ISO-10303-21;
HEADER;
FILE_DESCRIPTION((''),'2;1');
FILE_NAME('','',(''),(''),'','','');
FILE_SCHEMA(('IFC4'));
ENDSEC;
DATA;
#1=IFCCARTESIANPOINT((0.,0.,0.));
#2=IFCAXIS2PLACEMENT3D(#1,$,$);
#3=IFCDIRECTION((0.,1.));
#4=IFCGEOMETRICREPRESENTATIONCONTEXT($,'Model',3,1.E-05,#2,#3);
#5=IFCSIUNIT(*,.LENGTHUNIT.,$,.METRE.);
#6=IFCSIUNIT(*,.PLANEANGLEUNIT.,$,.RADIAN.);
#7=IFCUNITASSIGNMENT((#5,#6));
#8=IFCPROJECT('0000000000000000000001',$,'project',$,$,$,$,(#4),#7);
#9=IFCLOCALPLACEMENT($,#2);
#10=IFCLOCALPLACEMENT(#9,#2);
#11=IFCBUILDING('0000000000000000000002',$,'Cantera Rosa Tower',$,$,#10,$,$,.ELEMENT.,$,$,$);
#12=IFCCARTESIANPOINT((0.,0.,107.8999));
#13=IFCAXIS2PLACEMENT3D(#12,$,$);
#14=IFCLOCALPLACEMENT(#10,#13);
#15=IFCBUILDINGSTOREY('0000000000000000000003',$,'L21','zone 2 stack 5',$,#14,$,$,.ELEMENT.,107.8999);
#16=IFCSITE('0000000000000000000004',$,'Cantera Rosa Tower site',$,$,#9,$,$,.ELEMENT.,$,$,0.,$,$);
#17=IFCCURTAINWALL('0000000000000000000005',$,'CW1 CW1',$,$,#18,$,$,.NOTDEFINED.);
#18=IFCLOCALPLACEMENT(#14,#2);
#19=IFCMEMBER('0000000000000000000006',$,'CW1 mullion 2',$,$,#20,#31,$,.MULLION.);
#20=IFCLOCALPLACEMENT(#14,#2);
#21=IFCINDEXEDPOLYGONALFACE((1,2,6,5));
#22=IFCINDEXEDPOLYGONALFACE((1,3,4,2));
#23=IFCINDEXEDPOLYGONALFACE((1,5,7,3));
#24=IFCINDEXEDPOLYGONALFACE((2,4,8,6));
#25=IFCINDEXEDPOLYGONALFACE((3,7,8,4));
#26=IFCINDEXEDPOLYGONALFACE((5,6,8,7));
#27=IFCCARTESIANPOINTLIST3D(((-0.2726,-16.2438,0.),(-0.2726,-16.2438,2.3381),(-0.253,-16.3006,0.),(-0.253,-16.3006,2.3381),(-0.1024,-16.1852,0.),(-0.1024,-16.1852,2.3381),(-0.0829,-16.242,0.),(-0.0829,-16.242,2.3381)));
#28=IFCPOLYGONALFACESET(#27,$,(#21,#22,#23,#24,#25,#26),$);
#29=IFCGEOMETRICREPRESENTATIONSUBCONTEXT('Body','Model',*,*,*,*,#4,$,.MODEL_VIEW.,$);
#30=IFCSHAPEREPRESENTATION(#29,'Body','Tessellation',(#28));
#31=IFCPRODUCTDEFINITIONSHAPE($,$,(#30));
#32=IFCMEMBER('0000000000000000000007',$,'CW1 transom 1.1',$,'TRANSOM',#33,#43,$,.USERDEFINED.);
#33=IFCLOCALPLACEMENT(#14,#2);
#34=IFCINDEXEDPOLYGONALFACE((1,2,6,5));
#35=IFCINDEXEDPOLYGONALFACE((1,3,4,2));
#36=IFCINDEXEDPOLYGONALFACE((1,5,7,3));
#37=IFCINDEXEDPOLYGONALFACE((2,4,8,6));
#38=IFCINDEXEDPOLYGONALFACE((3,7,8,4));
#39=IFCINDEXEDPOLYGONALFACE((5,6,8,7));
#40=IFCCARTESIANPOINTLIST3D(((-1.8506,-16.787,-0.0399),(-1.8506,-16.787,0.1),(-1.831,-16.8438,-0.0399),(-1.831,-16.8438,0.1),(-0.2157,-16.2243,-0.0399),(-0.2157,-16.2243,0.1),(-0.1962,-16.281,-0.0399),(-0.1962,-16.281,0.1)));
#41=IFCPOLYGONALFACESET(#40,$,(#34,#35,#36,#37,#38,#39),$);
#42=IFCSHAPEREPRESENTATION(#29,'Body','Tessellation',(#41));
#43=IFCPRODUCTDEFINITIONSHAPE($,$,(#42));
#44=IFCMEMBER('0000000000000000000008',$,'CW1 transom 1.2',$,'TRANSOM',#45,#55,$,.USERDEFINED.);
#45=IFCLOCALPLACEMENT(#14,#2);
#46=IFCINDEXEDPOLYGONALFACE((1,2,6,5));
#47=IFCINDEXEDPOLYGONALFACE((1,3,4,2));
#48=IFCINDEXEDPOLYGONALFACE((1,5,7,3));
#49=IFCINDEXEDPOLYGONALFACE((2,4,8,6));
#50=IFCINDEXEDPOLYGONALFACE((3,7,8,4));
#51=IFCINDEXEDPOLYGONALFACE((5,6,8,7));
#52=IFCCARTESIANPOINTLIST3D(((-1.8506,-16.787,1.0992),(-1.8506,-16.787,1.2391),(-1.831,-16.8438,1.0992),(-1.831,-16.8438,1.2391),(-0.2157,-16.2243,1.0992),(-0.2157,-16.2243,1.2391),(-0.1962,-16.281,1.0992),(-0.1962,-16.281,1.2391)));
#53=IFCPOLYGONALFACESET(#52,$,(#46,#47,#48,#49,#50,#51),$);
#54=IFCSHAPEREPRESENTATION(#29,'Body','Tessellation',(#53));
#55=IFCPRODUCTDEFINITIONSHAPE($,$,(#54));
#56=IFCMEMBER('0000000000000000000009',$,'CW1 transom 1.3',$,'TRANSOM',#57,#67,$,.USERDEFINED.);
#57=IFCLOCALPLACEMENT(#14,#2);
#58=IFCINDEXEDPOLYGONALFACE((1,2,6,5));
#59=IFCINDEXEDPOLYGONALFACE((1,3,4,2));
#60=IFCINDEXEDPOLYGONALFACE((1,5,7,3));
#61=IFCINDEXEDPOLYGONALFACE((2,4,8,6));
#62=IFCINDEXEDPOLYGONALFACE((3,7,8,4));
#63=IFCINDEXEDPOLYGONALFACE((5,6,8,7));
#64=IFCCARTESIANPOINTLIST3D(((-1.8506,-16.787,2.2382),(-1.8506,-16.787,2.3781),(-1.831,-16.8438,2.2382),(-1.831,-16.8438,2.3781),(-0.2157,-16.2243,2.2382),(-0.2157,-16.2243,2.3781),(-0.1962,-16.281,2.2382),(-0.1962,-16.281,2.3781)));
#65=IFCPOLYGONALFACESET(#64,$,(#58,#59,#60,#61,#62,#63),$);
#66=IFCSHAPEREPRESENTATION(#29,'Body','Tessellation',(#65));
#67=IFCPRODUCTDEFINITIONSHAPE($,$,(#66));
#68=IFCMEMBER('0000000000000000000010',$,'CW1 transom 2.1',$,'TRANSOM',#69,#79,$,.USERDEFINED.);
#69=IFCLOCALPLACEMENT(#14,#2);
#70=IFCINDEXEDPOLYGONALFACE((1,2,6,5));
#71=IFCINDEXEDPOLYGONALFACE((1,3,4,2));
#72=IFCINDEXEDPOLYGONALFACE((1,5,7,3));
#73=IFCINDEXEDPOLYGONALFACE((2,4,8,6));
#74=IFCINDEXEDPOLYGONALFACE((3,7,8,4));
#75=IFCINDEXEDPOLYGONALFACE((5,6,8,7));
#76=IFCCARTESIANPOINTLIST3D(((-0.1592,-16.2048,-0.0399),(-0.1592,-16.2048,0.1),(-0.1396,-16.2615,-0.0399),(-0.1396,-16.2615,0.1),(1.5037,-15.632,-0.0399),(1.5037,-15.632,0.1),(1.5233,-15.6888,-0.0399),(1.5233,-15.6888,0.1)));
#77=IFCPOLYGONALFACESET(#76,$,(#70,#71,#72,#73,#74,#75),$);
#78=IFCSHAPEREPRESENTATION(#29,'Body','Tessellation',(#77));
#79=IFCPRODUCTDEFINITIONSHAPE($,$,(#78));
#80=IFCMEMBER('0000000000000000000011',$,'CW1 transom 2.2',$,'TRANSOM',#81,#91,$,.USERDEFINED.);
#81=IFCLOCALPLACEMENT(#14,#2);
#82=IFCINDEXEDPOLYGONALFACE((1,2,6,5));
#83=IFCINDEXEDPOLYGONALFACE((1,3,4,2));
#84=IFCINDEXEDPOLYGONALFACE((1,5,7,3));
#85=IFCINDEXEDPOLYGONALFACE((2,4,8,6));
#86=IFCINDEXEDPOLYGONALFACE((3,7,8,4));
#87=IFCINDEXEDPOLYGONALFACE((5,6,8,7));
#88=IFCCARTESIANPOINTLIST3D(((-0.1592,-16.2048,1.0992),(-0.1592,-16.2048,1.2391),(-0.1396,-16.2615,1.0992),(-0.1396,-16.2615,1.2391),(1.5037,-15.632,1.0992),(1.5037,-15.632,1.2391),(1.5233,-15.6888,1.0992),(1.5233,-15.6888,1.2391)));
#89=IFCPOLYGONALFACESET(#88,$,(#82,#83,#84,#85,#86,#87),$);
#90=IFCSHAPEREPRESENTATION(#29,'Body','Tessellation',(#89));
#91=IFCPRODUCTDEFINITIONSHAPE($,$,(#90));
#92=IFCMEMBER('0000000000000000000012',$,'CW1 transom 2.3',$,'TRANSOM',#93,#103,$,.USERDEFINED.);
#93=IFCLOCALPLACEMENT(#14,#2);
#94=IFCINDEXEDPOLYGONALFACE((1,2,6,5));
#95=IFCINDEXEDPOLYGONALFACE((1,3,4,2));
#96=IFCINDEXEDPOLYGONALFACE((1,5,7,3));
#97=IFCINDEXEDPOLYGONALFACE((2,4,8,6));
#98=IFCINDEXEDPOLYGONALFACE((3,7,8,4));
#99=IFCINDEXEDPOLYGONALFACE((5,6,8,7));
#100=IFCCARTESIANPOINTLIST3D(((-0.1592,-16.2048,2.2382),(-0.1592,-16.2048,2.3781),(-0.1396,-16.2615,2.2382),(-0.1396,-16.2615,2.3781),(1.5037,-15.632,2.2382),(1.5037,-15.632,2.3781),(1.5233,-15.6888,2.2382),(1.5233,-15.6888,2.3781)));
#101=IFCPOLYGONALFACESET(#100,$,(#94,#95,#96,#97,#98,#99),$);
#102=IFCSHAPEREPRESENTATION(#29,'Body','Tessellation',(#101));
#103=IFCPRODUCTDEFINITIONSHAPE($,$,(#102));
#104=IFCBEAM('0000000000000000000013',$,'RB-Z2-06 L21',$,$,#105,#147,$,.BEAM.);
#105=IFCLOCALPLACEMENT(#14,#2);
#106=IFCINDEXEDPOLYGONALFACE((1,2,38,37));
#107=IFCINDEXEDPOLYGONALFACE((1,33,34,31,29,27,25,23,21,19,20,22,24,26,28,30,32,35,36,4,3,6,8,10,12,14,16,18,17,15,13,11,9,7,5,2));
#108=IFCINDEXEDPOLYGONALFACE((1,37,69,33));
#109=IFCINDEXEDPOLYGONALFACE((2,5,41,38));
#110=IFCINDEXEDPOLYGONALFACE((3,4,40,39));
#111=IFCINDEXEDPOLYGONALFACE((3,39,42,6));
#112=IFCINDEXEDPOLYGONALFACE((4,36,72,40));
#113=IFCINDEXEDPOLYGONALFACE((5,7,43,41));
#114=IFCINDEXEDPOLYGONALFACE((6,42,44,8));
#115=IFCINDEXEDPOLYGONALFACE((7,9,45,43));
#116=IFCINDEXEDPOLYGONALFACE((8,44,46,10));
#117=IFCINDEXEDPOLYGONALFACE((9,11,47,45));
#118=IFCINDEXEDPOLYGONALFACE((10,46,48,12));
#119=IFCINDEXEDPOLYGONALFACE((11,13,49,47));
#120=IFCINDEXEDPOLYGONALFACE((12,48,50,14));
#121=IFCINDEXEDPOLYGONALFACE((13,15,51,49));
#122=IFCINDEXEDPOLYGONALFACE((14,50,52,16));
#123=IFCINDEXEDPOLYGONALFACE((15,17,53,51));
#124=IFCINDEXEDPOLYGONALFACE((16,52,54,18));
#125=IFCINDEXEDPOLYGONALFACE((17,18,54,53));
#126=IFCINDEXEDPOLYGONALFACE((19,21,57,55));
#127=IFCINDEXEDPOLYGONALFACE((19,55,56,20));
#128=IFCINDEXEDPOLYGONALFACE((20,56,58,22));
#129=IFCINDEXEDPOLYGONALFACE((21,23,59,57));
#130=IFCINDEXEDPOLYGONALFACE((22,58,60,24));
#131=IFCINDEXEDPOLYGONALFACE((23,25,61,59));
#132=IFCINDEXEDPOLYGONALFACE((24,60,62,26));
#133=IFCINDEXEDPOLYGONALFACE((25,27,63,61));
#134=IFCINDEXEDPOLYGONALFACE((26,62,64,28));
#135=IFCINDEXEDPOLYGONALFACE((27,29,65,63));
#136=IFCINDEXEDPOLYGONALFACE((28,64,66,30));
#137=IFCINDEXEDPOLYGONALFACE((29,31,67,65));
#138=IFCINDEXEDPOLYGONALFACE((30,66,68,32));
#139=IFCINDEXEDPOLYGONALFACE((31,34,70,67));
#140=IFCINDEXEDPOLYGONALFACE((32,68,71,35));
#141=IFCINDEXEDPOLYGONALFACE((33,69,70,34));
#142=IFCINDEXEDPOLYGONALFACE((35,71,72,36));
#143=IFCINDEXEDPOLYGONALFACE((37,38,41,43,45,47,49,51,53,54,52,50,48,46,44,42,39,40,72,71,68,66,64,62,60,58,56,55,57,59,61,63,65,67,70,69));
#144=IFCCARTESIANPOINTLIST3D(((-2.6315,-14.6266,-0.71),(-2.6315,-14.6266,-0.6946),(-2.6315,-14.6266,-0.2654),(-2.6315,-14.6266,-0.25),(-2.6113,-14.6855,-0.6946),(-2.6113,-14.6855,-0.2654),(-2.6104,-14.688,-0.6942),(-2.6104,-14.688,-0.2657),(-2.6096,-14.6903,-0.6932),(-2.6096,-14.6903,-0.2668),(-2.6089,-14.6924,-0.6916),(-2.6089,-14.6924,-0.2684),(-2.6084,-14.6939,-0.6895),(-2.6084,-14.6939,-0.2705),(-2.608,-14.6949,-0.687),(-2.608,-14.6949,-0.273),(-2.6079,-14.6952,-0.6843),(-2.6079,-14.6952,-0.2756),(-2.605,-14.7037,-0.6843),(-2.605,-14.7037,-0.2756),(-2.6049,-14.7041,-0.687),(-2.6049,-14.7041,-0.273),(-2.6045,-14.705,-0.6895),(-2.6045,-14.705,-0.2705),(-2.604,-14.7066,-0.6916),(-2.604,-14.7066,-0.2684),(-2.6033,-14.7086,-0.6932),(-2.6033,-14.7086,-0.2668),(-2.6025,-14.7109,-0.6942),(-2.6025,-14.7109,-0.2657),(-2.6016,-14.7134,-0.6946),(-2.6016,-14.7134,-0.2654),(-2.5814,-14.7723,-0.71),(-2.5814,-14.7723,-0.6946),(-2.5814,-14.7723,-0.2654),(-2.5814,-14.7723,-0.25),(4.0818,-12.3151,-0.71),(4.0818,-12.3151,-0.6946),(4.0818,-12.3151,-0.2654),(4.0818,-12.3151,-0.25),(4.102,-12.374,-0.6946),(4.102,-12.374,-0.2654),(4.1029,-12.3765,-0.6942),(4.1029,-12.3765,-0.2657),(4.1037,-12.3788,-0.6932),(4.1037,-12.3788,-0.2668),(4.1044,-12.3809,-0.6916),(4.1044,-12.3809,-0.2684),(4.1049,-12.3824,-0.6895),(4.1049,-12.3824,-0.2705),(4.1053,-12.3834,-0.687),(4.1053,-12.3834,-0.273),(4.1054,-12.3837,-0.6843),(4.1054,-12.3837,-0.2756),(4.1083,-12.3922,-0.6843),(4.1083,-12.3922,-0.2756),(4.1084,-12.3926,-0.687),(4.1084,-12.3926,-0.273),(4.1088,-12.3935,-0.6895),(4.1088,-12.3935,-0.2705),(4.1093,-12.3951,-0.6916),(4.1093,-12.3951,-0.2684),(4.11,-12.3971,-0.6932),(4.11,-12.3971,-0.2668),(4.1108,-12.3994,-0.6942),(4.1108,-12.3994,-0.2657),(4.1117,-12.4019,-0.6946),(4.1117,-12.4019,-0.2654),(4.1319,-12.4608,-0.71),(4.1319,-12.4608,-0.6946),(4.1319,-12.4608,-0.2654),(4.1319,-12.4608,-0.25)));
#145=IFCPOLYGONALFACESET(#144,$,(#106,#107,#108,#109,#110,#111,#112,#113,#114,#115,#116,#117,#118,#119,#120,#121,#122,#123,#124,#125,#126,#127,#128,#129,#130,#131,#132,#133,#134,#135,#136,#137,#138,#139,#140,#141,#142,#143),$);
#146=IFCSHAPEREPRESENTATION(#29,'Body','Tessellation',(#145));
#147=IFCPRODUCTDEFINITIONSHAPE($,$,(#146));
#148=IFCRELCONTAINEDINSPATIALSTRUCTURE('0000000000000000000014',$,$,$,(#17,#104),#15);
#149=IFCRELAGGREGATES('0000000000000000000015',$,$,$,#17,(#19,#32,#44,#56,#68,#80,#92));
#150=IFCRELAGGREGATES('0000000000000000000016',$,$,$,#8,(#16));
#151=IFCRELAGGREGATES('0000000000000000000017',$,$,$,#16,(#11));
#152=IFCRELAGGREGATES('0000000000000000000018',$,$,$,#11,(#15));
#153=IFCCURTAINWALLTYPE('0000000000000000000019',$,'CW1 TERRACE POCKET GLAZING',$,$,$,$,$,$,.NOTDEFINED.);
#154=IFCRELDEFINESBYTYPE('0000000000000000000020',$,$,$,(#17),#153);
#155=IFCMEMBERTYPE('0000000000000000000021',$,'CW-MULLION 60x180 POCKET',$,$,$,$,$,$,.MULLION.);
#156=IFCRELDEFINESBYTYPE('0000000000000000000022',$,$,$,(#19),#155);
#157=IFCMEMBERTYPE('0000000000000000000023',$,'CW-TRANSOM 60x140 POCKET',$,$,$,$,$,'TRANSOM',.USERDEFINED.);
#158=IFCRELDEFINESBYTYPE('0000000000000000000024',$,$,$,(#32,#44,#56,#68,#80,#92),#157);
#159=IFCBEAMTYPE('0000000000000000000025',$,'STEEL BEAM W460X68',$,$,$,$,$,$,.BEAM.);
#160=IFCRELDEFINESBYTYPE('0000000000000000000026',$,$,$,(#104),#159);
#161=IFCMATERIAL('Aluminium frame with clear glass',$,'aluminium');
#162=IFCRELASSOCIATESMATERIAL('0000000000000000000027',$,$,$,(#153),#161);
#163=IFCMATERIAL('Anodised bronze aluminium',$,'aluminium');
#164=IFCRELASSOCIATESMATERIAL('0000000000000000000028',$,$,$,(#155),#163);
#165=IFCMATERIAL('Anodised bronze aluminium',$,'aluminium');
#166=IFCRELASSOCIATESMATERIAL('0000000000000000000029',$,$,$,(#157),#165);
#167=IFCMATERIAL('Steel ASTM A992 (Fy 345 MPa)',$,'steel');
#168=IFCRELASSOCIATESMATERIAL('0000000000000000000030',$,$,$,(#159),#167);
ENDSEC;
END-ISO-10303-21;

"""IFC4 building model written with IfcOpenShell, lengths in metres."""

from ifc_helpers import new_model, si_unit, direction, frame, origin, origin_2d, place, context, subcontext, project, spatial, rectangle, i_section, extrude, material, material_profile, profile_set, type_object, element, aggregate, save


model = new_model("IFC4")

# Units and contexts
model_context = context("Model", 3, precision=1e-05, world=origin(), true_north=direction((0.0, 1.0)))
body_context = subcontext(model_context, "Body", "Model", "MODEL_VIEW")
ifc_project = project(units=[si_unit("LENGTHUNIT", "METRE"), si_unit("PLANEANGLEUNIT", "RADIAN")], contexts=[model_context])

# Site, building, storey
site_placement = place(None, origin())
site = spatial("IfcSite", under=ifc_project, at=site_placement, Name="Cantera Rosa Tower site", CompositionType="ELEMENT", RefElevation=0.0)
building_placement = place(site_placement, origin())
building = spatial("IfcBuilding", under=site, at=building_placement, Name="Cantera Rosa Tower", CompositionType="ELEMENT")
storey_placement = place(building_placement, frame((0.0, 0.0, 107.8999)))
storey = spatial("IfcBuildingStorey", under=building, at=storey_placement, Name="L21", Description="zone 2 stack 5", CompositionType="ELEMENT", Elevation=107.8999)

# Curtain wall, members
ifc_material_1 = material(Name="Aluminium frame with clear glass", Category="aluminium")
curtain_wall_type = type_object("IfcCurtainWallType", Name="CW1 TERRACE POCKET GLAZING", PredefinedType="NOTDEFINED", material=ifc_material_1)
curtain_wall_placement = place(storey_placement, origin())
curtain_wall = element("IfcCurtainWall", 1, at=curtain_wall_placement, inside=storey, type_object=curtain_wall_type, Name="CW1 CW1", PredefinedType="NOTDEFINED")
ifc_material_2 = material(Name="Anodised bronze aluminium", Category="aluminium")
ifc_material_profile_1 = material_profile(ifc_material_2, rectangle(XDim=0.0601, YDim=0.1799, at=origin_2d()), Name="CW-MULLION 60x180 POCKET")
ifc_profile_set_1 = profile_set([ifc_material_profile_1], Name="Anodised bronze aluminium")
member_type_1 = type_object("IfcMemberType", Name="CW-MULLION 60x180 POCKET", PredefinedType="MULLION", material=ifc_profile_set_1)
member_1_placement = place(storey_placement, frame((-0.1777, -16.2429, 0.0), z_axis=(0.0, 0.0, 1.0), x_axis=(-0.325568, 0.945519, 0.0)))
member_1 = element("IfcMember", 2, at=member_1_placement, type_object=member_type_1, Name="CW1 mullion 2", PredefinedType="MULLION", context=body_context, shape_type="SweptSolid", body=[
    extrude(rectangle(XDim=0.0601, YDim=0.1799, at=origin_2d()), origin(), (0.0, 0.0, 1.0), 2.3381),
])
ifc_material_3 = material(Name="Anodised bronze aluminium", Category="aluminium")
ifc_material_profile_2 = material_profile(ifc_material_3, rectangle(XDim=0.0601, YDim=0.1399, at=origin_2d()), Name="CW-TRANSOM 60x140 POCKET")
ifc_profile_set_2 = profile_set([ifc_material_profile_2], Name="Anodised bronze aluminium")
member_type_2 = type_object("IfcMemberType", Name="CW-TRANSOM 60x140 POCKET", ElementType="TRANSOM", PredefinedType="USERDEFINED", material=ifc_profile_set_2)
member_2_placement = place(storey_placement, frame((-1.8408, -16.8154, 0.03), z_axis=(0.945545, 0.32549, 0.0), x_axis=(-0.32549, 0.945545, 0.0)))
member_2 = element("IfcMember", 3, at=member_2_placement, type_object=member_type_2, Name="CW1 transom 1.1", ObjectType="TRANSOM", PredefinedType="USERDEFINED", context=body_context, shape_type="SweptSolid", body=[
    extrude(rectangle(XDim=0.0601, YDim=0.1399, at=origin_2d()), origin(), (0.0, 0.0, 1.0), 1.729),
])
member_3_placement = place(storey_placement, frame((-1.8408, -16.8154, 1.1692), z_axis=(0.945545, 0.32549, 0.0), x_axis=(-0.32549, 0.945545, 0.0)))
member_3 = element("IfcMember", 4, at=member_3_placement, type_object=member_type_2, Name="CW1 transom 1.2", ObjectType="TRANSOM", PredefinedType="USERDEFINED", context=body_context, shape_type="SweptSolid", body=[
    extrude(rectangle(XDim=0.0601, YDim=0.1399, at=origin_2d()), origin(), (0.0, 0.0, 1.0), 1.729),
])
member_4_placement = place(storey_placement, frame((-1.8408, -16.8154, 2.3081), z_axis=(0.945545, 0.32549, 0.0), x_axis=(-0.32549, 0.945545, 0.0)))
member_4 = element("IfcMember", 5, at=member_4_placement, type_object=member_type_2, Name="CW1 transom 1.3", ObjectType="TRANSOM", PredefinedType="USERDEFINED", context=body_context, shape_type="SweptSolid", body=[
    extrude(rectangle(XDim=0.0601, YDim=0.1399, at=origin_2d()), origin(), (0.0, 0.0, 1.0), 1.729),
])
member_5_placement = place(storey_placement, frame((-0.1494, -16.2332, 0.03), z_axis=(0.945485, 0.325666, 0.0), x_axis=(-0.325666, 0.945485, 0.0)))
member_5 = element("IfcMember", 6, at=member_5_placement, type_object=member_type_2, Name="CW1 transom 2.1", ObjectType="TRANSOM", PredefinedType="USERDEFINED", context=body_context, shape_type="SweptSolid", body=[
    extrude(rectangle(XDim=0.0601, YDim=0.1399, at=origin_2d()), origin(), (0.0, 0.0, 1.0), 1.7588),
])
member_6_placement = place(storey_placement, frame((-0.1494, -16.2332, 1.1692), z_axis=(0.945485, 0.325666, 0.0), x_axis=(-0.325666, 0.945485, 0.0)))
member_6 = element("IfcMember", 7, at=member_6_placement, type_object=member_type_2, Name="CW1 transom 2.2", ObjectType="TRANSOM", PredefinedType="USERDEFINED", context=body_context, shape_type="SweptSolid", body=[
    extrude(rectangle(XDim=0.0601, YDim=0.1399, at=origin_2d()), origin(), (0.0, 0.0, 1.0), 1.7588),
])
member_7_placement = place(storey_placement, frame((-0.1494, -16.2332, 2.3081), z_axis=(0.945485, 0.325666, 0.0), x_axis=(-0.325666, 0.945485, 0.0)))
member_7 = element("IfcMember", 8, at=member_7_placement, type_object=member_type_2, Name="CW1 transom 2.3", ObjectType="TRANSOM", PredefinedType="USERDEFINED", context=body_context, shape_type="SweptSolid", body=[
    extrude(rectangle(XDim=0.0601, YDim=0.1399, at=origin_2d()), origin(), (0.0, 0.0, 1.0), 1.7588),
])

# Beam
ifc_material_4 = material(Name="Steel ASTM A992 (Fy 345 MPa)", Category="steel")
ifc_material_profile_3 = material_profile(ifc_material_4, i_section(OverallWidth=0.1541, OverallDepth=0.46, WebThickness=0.009, FlangeThickness=0.0154, FilletRadius=0.0103, at=origin_2d()), Name="W460X68")
ifc_profile_set_3 = profile_set([ifc_material_profile_3], Name="Steel ASTM A992 (Fy 345 MPa)")
beam_type = type_object("IfcBeamType", Name="STEEL BEAM W460X68", PredefinedType="BEAM", material=ifc_profile_set_3)
beam_placement = place(storey_placement, frame((-2.6064, -14.6995, -0.48), z_axis=(0.945522, 0.325558, 0.0), x_axis=(-0.325558, 0.945522, 0.0)))
element("IfcBeam", 9, at=beam_placement, inside=storey, type_object=beam_type, Name="RB-Z2-06 L21", PredefinedType="BEAM", context=body_context, shape_type="SweptSolid", body=[
    extrude(i_section(OverallWidth=0.1541, OverallDepth=0.46, WebThickness=0.009, FlangeThickness=0.0154, FilletRadius=0.0103, at=origin_2d()), origin(), (0.0, 0.0, 1.0), 7.1001),
])

aggregate(curtain_wall, [member_1, member_2, member_3, member_4, member_5, member_6, member_7])

save(model, "model.ifc")
